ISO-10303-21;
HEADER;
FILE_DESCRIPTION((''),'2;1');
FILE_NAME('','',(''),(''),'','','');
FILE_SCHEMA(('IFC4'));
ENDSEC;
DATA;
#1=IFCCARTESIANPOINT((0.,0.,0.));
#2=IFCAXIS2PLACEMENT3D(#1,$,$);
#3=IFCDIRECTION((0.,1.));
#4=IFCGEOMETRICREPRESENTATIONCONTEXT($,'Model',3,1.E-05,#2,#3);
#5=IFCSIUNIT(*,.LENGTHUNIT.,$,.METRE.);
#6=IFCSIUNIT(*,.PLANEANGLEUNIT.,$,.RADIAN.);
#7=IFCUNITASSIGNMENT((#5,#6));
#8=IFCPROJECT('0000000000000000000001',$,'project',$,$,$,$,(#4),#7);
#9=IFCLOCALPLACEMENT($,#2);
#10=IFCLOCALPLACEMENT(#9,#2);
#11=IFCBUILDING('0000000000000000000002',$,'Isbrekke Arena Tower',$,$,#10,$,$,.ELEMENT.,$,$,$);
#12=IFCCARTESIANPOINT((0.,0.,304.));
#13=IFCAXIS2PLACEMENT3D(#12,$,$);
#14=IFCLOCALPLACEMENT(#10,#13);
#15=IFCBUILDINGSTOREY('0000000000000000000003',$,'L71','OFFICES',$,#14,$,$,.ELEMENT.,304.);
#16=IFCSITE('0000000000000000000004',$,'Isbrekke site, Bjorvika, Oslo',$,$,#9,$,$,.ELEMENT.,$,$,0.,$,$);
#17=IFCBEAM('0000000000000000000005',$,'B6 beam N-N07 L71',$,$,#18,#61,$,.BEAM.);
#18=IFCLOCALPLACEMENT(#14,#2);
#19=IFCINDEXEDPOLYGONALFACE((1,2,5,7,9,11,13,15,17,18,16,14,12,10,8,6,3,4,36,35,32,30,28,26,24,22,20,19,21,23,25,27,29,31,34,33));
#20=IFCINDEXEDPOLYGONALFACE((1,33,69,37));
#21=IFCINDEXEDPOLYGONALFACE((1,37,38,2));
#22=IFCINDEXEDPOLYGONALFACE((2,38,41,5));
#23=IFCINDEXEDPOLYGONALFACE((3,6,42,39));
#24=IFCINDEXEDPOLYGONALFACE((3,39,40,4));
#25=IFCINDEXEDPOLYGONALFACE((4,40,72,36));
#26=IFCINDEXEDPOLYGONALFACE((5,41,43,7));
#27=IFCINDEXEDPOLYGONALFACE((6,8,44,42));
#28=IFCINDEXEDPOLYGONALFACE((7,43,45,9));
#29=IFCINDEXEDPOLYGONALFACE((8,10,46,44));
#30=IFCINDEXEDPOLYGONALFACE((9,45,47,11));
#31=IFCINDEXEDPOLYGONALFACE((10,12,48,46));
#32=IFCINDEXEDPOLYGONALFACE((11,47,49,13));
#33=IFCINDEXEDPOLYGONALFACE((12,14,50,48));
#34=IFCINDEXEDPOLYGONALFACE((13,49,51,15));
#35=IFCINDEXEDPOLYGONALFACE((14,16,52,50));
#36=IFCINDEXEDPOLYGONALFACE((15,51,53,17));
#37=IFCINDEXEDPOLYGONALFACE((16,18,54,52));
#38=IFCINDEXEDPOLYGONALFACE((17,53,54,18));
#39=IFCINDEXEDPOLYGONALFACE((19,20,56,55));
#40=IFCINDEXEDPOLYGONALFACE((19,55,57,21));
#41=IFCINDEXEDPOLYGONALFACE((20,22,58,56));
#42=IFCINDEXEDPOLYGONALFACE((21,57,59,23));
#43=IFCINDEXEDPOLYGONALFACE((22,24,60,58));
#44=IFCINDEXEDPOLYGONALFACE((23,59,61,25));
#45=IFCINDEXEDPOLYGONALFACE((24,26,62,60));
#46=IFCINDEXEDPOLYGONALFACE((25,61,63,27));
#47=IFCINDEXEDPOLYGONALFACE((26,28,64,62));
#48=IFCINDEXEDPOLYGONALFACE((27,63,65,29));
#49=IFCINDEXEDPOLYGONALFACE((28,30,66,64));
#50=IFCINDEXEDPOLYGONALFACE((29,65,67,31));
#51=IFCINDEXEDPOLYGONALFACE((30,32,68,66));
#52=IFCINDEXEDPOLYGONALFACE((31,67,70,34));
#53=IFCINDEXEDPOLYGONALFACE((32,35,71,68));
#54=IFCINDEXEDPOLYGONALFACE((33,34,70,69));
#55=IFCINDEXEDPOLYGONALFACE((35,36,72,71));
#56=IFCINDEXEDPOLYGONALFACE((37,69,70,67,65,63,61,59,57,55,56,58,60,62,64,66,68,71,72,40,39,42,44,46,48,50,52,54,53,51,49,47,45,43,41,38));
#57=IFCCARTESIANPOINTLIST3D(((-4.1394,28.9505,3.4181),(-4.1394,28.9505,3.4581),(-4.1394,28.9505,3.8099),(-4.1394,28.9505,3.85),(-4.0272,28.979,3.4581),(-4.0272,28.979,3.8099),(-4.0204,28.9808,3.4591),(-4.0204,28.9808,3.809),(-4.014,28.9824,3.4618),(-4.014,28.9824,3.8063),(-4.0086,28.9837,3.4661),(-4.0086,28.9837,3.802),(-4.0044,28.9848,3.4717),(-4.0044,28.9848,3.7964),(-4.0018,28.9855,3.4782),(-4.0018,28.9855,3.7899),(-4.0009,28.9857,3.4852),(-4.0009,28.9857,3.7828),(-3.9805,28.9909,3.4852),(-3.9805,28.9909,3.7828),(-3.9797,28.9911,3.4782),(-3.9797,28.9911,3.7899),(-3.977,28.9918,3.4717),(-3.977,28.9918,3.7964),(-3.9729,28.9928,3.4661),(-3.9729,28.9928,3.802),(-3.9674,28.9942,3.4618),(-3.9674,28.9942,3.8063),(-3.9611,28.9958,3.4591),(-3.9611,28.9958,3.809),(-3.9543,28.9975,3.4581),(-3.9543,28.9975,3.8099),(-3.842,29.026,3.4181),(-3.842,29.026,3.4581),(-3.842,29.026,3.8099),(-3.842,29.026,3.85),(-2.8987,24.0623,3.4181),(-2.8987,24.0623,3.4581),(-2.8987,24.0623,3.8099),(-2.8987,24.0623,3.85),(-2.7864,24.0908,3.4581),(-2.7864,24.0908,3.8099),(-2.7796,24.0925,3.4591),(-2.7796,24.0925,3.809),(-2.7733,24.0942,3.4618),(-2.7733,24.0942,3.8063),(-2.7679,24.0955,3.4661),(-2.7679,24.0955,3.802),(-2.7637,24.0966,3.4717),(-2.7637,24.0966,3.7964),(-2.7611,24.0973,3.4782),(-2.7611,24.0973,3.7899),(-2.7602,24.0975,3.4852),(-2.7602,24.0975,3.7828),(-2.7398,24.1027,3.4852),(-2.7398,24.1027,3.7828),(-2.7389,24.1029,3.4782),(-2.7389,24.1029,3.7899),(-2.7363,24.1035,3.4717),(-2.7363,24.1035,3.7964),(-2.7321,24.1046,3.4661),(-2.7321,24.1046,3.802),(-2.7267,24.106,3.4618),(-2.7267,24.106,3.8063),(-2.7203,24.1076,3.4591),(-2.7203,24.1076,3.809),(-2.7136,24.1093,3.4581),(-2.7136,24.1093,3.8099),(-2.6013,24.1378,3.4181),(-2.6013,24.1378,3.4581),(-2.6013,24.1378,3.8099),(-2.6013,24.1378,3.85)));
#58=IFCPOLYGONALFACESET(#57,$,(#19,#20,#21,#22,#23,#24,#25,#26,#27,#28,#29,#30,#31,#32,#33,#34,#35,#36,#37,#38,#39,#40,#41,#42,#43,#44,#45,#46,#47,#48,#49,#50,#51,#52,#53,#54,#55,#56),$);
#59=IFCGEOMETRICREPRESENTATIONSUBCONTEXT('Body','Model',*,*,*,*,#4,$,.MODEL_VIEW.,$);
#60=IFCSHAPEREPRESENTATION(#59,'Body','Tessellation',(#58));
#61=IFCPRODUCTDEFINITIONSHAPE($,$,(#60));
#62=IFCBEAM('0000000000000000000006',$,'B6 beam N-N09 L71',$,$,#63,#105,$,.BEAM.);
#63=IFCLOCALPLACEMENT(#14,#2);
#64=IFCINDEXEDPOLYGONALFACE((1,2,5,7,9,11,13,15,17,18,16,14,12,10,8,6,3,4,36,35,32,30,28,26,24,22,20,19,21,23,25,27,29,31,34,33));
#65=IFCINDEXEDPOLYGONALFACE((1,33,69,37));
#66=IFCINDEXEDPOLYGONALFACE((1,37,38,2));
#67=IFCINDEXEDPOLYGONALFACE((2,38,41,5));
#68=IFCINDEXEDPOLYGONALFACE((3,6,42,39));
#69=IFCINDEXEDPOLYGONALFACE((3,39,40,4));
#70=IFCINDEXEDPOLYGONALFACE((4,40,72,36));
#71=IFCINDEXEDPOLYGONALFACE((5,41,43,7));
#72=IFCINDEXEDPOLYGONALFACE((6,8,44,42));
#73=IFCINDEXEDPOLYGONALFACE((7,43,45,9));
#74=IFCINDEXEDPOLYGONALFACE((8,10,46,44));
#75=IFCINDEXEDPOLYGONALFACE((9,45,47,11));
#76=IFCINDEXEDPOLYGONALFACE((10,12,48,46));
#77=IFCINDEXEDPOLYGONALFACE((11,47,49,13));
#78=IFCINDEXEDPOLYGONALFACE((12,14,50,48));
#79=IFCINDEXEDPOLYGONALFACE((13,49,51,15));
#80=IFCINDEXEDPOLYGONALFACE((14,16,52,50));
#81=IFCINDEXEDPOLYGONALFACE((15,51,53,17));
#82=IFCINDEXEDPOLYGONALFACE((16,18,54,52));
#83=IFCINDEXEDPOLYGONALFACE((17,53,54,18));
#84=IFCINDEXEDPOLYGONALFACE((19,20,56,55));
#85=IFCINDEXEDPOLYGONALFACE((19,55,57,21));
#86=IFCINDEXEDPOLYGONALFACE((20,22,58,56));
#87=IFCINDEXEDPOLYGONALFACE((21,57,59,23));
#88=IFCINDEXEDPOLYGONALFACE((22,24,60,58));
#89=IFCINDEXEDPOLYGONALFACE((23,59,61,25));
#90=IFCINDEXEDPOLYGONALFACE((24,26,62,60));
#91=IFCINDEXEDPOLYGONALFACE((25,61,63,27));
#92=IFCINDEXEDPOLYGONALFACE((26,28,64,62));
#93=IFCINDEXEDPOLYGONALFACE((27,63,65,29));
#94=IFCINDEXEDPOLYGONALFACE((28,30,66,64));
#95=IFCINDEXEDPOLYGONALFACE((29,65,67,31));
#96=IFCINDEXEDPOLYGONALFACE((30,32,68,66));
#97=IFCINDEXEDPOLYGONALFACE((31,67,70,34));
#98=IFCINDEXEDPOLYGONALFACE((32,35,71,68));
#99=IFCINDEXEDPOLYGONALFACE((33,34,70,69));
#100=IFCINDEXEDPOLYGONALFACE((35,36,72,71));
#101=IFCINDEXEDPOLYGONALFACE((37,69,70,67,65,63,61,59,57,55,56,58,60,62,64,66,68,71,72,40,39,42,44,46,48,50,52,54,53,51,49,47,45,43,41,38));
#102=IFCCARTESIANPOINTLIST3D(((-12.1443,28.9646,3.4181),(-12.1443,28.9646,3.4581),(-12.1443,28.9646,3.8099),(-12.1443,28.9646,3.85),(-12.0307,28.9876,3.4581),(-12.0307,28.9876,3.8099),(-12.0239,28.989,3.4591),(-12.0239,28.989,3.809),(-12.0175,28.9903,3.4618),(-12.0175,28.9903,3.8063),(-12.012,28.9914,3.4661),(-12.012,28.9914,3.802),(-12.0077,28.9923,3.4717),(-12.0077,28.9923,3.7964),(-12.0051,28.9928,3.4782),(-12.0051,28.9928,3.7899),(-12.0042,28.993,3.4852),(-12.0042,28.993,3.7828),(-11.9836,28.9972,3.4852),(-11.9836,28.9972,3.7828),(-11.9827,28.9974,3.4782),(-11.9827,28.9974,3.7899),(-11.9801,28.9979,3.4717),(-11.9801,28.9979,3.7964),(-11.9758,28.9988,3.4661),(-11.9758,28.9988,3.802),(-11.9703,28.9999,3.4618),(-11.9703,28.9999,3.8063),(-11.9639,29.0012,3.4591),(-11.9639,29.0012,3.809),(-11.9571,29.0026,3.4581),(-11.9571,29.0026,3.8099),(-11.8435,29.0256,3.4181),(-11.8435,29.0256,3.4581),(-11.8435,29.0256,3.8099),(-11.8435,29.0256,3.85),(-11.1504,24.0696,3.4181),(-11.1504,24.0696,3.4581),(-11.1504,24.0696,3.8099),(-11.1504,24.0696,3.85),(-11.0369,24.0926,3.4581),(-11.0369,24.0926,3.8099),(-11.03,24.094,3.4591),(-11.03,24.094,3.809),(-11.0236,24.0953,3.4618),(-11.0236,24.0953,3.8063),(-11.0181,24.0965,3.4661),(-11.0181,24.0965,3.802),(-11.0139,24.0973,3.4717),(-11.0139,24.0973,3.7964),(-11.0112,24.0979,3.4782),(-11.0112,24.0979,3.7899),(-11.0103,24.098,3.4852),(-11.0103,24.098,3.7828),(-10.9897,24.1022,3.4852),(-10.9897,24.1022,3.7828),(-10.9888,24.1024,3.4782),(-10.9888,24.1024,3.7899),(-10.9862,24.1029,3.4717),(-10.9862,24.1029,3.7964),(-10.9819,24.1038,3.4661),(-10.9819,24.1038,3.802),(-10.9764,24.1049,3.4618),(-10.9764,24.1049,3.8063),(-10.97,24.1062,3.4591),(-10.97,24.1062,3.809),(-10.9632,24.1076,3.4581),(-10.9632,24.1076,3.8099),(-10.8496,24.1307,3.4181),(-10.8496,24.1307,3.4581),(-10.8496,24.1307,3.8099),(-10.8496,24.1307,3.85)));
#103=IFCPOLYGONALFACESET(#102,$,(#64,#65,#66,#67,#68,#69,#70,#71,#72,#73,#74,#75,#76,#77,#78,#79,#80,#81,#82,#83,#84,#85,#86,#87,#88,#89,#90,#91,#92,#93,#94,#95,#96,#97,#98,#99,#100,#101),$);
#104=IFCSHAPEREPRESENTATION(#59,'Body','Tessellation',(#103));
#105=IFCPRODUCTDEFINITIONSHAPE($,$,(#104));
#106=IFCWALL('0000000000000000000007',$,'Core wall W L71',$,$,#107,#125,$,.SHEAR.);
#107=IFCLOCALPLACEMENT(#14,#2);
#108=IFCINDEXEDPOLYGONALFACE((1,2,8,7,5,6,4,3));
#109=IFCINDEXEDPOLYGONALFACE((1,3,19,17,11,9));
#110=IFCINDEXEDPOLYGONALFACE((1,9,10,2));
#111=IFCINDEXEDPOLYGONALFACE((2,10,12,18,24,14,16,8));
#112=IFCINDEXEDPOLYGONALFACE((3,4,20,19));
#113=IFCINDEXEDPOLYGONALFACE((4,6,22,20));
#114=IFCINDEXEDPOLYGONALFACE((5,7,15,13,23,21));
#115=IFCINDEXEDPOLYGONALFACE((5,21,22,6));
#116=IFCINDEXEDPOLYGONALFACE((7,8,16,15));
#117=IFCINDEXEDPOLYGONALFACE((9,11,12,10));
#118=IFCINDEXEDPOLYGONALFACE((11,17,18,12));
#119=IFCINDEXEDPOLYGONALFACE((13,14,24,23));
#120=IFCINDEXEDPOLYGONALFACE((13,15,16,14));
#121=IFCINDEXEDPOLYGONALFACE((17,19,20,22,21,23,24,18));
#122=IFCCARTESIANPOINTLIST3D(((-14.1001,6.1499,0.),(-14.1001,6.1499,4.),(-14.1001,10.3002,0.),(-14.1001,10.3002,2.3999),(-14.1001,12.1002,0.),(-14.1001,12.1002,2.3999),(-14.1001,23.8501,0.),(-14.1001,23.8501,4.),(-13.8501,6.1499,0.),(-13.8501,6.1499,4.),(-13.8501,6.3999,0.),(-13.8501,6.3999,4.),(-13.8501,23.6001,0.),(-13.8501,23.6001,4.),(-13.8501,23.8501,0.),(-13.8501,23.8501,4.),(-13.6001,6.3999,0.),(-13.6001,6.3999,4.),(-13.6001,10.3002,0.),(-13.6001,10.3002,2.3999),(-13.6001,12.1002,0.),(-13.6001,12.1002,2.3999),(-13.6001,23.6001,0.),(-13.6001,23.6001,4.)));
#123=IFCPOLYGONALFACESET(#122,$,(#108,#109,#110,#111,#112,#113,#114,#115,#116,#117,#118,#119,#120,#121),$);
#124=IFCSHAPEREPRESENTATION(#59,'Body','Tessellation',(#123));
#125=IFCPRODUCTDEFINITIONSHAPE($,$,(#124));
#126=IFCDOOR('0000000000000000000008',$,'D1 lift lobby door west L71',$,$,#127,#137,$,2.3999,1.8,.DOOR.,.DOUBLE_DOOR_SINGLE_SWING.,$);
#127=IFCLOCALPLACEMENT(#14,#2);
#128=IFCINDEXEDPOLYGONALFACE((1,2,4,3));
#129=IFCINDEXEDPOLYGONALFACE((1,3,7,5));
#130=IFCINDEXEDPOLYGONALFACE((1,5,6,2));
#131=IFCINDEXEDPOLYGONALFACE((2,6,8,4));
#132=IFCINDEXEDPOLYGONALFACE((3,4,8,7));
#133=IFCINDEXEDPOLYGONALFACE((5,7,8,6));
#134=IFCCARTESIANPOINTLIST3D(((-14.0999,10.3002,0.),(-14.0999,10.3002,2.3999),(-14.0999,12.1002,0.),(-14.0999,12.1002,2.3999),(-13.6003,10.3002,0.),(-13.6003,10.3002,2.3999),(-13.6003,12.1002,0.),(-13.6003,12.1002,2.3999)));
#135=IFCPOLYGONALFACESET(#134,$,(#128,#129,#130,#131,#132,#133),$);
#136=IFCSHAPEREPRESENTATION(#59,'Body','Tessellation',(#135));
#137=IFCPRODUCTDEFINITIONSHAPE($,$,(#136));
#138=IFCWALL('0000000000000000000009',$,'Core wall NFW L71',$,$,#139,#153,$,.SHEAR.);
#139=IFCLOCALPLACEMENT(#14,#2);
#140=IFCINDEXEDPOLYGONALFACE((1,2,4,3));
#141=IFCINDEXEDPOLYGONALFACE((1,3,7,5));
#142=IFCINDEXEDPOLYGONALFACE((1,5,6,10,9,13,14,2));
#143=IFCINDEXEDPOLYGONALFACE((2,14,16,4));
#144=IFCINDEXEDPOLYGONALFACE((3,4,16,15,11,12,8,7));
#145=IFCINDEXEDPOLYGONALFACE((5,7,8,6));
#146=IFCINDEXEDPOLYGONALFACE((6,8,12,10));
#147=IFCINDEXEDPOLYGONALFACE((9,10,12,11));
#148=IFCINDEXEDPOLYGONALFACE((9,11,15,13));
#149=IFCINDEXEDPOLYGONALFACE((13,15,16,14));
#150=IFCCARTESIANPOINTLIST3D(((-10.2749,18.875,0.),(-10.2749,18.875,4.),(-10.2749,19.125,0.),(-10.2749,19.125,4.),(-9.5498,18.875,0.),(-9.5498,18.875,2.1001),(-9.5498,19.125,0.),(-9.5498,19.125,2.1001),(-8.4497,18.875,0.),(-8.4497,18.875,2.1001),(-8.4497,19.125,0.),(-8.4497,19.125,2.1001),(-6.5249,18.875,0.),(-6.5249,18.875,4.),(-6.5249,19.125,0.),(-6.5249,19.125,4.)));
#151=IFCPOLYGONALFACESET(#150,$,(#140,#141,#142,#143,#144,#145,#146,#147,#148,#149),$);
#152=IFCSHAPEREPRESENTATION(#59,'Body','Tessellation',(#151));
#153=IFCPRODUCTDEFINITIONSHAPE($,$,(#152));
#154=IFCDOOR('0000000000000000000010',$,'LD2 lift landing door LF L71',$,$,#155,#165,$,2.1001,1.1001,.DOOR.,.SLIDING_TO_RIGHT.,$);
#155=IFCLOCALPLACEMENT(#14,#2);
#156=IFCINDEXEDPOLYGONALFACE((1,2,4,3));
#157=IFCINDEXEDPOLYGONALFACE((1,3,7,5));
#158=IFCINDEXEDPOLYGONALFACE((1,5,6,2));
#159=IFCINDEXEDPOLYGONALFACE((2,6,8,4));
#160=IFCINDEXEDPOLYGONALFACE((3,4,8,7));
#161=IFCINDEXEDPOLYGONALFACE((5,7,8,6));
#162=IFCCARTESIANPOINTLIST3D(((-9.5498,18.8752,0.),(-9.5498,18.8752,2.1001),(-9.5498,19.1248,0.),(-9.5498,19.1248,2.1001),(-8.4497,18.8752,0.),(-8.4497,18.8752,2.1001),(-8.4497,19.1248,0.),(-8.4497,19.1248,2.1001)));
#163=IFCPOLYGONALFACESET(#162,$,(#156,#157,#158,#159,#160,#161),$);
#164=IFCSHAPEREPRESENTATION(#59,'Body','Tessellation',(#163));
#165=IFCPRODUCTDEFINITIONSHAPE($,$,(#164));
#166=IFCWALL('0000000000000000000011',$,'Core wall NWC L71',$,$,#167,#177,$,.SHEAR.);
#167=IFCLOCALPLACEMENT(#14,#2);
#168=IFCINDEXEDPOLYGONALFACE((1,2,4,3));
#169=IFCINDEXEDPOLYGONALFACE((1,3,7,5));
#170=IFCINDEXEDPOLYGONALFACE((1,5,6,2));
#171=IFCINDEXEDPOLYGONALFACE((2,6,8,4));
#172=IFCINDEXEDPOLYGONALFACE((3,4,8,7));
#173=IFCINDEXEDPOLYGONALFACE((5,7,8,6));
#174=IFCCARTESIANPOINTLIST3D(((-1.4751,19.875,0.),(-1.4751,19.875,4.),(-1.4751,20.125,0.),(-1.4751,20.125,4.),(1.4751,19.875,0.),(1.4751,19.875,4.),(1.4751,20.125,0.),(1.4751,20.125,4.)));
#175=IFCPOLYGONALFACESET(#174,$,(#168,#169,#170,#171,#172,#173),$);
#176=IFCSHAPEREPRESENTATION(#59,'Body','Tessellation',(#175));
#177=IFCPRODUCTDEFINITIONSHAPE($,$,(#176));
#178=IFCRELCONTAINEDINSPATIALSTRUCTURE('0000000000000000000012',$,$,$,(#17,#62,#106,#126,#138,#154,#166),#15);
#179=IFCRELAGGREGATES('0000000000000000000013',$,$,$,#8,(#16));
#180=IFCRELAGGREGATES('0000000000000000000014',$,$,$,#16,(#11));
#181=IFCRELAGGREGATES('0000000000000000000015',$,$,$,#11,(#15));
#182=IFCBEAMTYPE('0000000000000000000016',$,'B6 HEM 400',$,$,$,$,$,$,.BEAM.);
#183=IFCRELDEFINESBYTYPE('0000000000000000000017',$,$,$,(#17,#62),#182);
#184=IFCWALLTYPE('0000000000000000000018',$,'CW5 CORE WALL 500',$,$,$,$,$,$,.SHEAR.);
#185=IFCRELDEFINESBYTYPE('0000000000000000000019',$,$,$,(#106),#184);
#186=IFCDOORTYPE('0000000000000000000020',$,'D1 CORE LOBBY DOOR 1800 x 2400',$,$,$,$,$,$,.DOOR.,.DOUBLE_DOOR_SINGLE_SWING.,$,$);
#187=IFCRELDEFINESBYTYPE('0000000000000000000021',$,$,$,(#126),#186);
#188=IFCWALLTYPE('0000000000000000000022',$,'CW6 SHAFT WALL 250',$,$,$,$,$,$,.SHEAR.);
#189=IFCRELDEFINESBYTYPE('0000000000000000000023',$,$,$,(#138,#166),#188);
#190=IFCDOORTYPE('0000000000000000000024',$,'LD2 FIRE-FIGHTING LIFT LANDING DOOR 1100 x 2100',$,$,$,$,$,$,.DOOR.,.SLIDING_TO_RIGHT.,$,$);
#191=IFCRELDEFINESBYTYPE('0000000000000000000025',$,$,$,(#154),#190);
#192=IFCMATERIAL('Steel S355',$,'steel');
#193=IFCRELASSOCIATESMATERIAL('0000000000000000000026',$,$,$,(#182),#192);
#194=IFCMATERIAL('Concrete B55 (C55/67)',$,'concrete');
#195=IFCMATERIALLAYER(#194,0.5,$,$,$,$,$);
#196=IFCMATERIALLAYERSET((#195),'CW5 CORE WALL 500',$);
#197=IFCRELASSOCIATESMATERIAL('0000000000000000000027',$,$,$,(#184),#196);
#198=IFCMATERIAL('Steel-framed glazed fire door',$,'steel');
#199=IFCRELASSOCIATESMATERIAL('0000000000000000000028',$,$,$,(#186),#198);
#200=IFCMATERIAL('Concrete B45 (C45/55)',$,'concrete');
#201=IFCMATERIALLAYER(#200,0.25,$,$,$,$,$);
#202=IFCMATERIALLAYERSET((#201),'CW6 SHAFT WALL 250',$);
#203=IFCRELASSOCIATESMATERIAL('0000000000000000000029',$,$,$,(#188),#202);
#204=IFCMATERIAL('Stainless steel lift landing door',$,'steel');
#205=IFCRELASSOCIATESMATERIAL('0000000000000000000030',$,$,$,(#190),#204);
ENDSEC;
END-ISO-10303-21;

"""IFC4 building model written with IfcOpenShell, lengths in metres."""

from ifc_helpers import new_model, si_unit, direction, frame, frame_2d, origin, origin_2d, place, context, subcontext, project, spatial, polyline, rectangle, i_section, outline, extrude, material, layer, layer_set, material_profile, profile_set, type_object, element, fill, save


model = new_model("IFC4")

# Units and contexts
model_context = context("Model", 3, precision=1e-05, world=origin(), true_north=direction((0.0, 1.0)))
body_context = subcontext(model_context, "Body", "Model", "MODEL_VIEW")
ifc_project = project(units=[si_unit("LENGTHUNIT", "METRE"), si_unit("PLANEANGLEUNIT", "RADIAN")], contexts=[model_context])

# Site, building, storey
site_placement = place(None, origin())
site = spatial("IfcSite", under=ifc_project, at=site_placement, Name="Isbrekke site, Bjorvika, Oslo", CompositionType="ELEMENT", RefElevation=0.0)
building_placement = place(site_placement, origin())
building = spatial("IfcBuilding", under=site, at=building_placement, Name="Isbrekke Arena Tower", CompositionType="ELEMENT")
storey_placement = place(building_placement, frame((0.0, 0.0, 304.0)))
storey = spatial("IfcBuildingStorey", under=building, at=storey_placement, Name="L71", Description="OFFICES", CompositionType="ELEMENT", Elevation=304.0)

# Beams
ifc_material_1 = material(Name="Steel S355", Category="steel")
ifc_material_profile = material_profile(ifc_material_1, i_section(OverallWidth=0.3069, OverallDepth=0.4319, WebThickness=0.021, FlangeThickness=0.04, FilletRadius=0.0271, at=origin_2d()), Name="HEM 400")
ifc_profile_set = profile_set([ifc_material_profile], Name="Steel S355")
beam_type = type_object("IfcBeamType", Name="B6 HEM 400", PredefinedType="BEAM", material=ifc_profile_set)
beam_1_placement = place(storey_placement, frame((-3.9907, 28.9883, 3.634), z_axis=(0.24602, -0.969265, 0.0), x_axis=(0.969265, 0.24602, 0.0)))
element("IfcBeam", 1, at=beam_1_placement, inside=storey, type_object=beam_type, Name="B6 beam N-N07 L71", PredefinedType="BEAM", context=body_context, shape_type="SweptSolid", body=[
    extrude(i_section(OverallWidth=0.3069, OverallDepth=0.4319, WebThickness=0.021, FlangeThickness=0.04, FilletRadius=0.0271, at=origin_2d()), origin(), (0.0, 0.0, 1.0), 5.0432),
])
beam_2_placement = place(storey_placement, frame((-11.9939, 28.9951, 3.634), z_axis=(0.198982, -0.980003, 0.0), x_axis=(0.980003, 0.198982, 0.0)))
element("IfcBeam", 2, at=beam_2_placement, inside=storey, type_object=beam_type, Name="B6 beam N-N09 L71", PredefinedType="BEAM", context=body_context, shape_type="SweptSolid", body=[
    extrude(i_section(OverallWidth=0.3069, OverallDepth=0.4319, WebThickness=0.021, FlangeThickness=0.04, FilletRadius=0.0271, at=origin_2d()), origin(), (0.0, 0.0, 1.0), 4.9949),
])

# Walls, openings, doors
ifc_material_2 = material(Name="Concrete B55 (C55/67)", Category="concrete")
ifc_layer_1 = layer(ifc_material_2, 0.5)
ifc_layer_set_1 = layer_set([ifc_layer_1], Name="CW5 CORE WALL 500")
wall_type_1 = type_object("IfcWallType", Name="CW5 CORE WALL 500", PredefinedType="SHEAR", material=ifc_layer_set_1)
wall_1_placement = place(storey_placement, frame((-13.8501, 23.8501, 0.0), z_axis=(0.0, 0.0, 1.0), x_axis=(0.0, -1.0, 0.0)))
wall_1 = element("IfcWall", 3, at=wall_1_placement, inside=storey, type_object=wall_type_1, Name="Core wall W L71", PredefinedType="SHEAR", context=body_context, shape_type="SweptSolid", body=[
    extrude(outline(polyline([(0.0, -0.25), (17.7002, -0.25), (17.7002, 0.0), (17.4502, 0.0), (17.4502, 0.25), (0.25, 0.25), (0.25, 0.0), (0.0, 0.0), (0.0, -0.25)])), origin(), (0.0, 0.0, 1.0), 4.0),
])
opening_1_placement = place(wall_1_placement, frame((11.75, 0.0, 0.0)))
opening_1 = element("IfcOpeningElement", 4, at=opening_1_placement, cuts=wall_1, PredefinedType="OPENING", context=body_context, shape_type="SweptSolid", body=[
    extrude(rectangle(XDim=1.8, YDim=2.3999, at=frame_2d((0.8999, 1.2))), frame((0.0, 0.2649, 0.0), z_axis=(0.0, -1.0, 0.0), x_axis=(1.0, 0.0, 0.0)), (0.0, 0.0, 1.0), 0.5298),
])
ifc_material_3 = material(Name="Steel-framed glazed fire door", Category="steel")
door_type_1 = type_object("IfcDoorType", Name="D1 CORE LOBBY DOOR 1800 x 2400", OperationType="DOUBLE_DOOR_SINGLE_SWING", PredefinedType="DOOR", material=ifc_material_3)
door_1_placement = place(opening_1_placement, origin())
door_1 = element("IfcDoor", 5, at=door_1_placement, inside=storey, type_object=door_type_1, Name="D1 lift lobby door west L71", OperationType="DOUBLE_DOOR_SINGLE_SWING", OverallHeight=2.3999, OverallWidth=1.8, PredefinedType="DOOR", context=body_context, shape_type="SweptSolid", body=[
    extrude(rectangle(XDim=1.8, YDim=2.3999, at=frame_2d((0.8999, 1.2))), frame((0.0, 0.2498, 0.0), z_axis=(0.0, -1.0, 0.0), x_axis=(1.0, 0.0, 0.0)), (0.0, 0.0, 1.0), 0.4995),
])
fill(opening_1, door_1)
ifc_material_4 = material(Name="Concrete B45 (C45/55)", Category="concrete")
ifc_layer_2 = layer(ifc_material_4, 0.25)
ifc_layer_set_2 = layer_set([ifc_layer_2], Name="CW6 SHAFT WALL 250")
wall_type_2 = type_object("IfcWallType", Name="CW6 SHAFT WALL 250", PredefinedType="SHEAR", material=ifc_layer_set_2)
wall_2_placement = place(storey_placement, frame((-10.2749, 19.0, 0.0), z_axis=(0.0, 0.0, 1.0), x_axis=(1.0, 0.0, 0.0)))
wall_2 = element("IfcWall", 6, at=wall_2_placement, inside=storey, type_object=wall_type_2, Name="Core wall NFW L71", PredefinedType="SHEAR", context=body_context, shape_type="SweptSolid", body=[
    extrude(rectangle(XDim=3.75, YDim=0.25, at=frame_2d((1.875, 0.0))), origin(), (0.0, 0.0, 1.0), 4.0),
])
opening_2_placement = place(wall_2_placement, frame((0.7251, 0.0, 0.0)))
opening_2 = element("IfcOpeningElement", 7, at=opening_2_placement, cuts=wall_2, PredefinedType="OPENING", context=body_context, shape_type="SweptSolid", body=[
    extrude(rectangle(XDim=1.1001, YDim=2.1001, at=frame_2d((0.55, 1.05))), frame((0.0, 0.1399, 0.0), z_axis=(0.0, -1.0, 0.0), x_axis=(1.0, 0.0, 0.0)), (0.0, 0.0, 1.0), 0.2798),
])
ifc_material_5 = material(Name="Stainless steel lift landing door", Category="steel")
door_type_2 = type_object("IfcDoorType", Name="LD2 FIRE-FIGHTING LIFT LANDING DOOR 1100 x 2100", OperationType="SLIDING_TO_RIGHT", PredefinedType="DOOR", material=ifc_material_5)
door_2_placement = place(opening_2_placement, origin())
door_2 = element("IfcDoor", 8, at=door_2_placement, inside=storey, type_object=door_type_2, Name="LD2 lift landing door LF L71", OperationType="SLIDING_TO_RIGHT", OverallHeight=2.1001, OverallWidth=1.1001, PredefinedType="DOOR", context=body_context, shape_type="SweptSolid", body=[
    extrude(rectangle(XDim=1.1001, YDim=2.1001, at=frame_2d((0.55, 1.05))), frame((0.0, 0.1248, 0.0), z_axis=(0.0, -1.0, 0.0), x_axis=(1.0, 0.0, 0.0)), (0.0, 0.0, 1.0), 0.2495),
])
fill(opening_2, door_2)

# Wall
wall_3_placement = place(storey_placement, frame((-1.4751, 20.0, 0.0), z_axis=(0.0, 0.0, 1.0), x_axis=(1.0, 0.0, 0.0)))
element("IfcWall", 9, at=wall_3_placement, inside=storey, type_object=wall_type_2, Name="Core wall NWC L71", PredefinedType="SHEAR", context=body_context, shape_type="SweptSolid", body=[
    extrude(rectangle(XDim=2.9502, YDim=0.25, at=frame_2d((1.4751, 0.0))), origin(), (0.0, 0.0, 1.0), 4.0),
])

save(model, "model.ifc")
